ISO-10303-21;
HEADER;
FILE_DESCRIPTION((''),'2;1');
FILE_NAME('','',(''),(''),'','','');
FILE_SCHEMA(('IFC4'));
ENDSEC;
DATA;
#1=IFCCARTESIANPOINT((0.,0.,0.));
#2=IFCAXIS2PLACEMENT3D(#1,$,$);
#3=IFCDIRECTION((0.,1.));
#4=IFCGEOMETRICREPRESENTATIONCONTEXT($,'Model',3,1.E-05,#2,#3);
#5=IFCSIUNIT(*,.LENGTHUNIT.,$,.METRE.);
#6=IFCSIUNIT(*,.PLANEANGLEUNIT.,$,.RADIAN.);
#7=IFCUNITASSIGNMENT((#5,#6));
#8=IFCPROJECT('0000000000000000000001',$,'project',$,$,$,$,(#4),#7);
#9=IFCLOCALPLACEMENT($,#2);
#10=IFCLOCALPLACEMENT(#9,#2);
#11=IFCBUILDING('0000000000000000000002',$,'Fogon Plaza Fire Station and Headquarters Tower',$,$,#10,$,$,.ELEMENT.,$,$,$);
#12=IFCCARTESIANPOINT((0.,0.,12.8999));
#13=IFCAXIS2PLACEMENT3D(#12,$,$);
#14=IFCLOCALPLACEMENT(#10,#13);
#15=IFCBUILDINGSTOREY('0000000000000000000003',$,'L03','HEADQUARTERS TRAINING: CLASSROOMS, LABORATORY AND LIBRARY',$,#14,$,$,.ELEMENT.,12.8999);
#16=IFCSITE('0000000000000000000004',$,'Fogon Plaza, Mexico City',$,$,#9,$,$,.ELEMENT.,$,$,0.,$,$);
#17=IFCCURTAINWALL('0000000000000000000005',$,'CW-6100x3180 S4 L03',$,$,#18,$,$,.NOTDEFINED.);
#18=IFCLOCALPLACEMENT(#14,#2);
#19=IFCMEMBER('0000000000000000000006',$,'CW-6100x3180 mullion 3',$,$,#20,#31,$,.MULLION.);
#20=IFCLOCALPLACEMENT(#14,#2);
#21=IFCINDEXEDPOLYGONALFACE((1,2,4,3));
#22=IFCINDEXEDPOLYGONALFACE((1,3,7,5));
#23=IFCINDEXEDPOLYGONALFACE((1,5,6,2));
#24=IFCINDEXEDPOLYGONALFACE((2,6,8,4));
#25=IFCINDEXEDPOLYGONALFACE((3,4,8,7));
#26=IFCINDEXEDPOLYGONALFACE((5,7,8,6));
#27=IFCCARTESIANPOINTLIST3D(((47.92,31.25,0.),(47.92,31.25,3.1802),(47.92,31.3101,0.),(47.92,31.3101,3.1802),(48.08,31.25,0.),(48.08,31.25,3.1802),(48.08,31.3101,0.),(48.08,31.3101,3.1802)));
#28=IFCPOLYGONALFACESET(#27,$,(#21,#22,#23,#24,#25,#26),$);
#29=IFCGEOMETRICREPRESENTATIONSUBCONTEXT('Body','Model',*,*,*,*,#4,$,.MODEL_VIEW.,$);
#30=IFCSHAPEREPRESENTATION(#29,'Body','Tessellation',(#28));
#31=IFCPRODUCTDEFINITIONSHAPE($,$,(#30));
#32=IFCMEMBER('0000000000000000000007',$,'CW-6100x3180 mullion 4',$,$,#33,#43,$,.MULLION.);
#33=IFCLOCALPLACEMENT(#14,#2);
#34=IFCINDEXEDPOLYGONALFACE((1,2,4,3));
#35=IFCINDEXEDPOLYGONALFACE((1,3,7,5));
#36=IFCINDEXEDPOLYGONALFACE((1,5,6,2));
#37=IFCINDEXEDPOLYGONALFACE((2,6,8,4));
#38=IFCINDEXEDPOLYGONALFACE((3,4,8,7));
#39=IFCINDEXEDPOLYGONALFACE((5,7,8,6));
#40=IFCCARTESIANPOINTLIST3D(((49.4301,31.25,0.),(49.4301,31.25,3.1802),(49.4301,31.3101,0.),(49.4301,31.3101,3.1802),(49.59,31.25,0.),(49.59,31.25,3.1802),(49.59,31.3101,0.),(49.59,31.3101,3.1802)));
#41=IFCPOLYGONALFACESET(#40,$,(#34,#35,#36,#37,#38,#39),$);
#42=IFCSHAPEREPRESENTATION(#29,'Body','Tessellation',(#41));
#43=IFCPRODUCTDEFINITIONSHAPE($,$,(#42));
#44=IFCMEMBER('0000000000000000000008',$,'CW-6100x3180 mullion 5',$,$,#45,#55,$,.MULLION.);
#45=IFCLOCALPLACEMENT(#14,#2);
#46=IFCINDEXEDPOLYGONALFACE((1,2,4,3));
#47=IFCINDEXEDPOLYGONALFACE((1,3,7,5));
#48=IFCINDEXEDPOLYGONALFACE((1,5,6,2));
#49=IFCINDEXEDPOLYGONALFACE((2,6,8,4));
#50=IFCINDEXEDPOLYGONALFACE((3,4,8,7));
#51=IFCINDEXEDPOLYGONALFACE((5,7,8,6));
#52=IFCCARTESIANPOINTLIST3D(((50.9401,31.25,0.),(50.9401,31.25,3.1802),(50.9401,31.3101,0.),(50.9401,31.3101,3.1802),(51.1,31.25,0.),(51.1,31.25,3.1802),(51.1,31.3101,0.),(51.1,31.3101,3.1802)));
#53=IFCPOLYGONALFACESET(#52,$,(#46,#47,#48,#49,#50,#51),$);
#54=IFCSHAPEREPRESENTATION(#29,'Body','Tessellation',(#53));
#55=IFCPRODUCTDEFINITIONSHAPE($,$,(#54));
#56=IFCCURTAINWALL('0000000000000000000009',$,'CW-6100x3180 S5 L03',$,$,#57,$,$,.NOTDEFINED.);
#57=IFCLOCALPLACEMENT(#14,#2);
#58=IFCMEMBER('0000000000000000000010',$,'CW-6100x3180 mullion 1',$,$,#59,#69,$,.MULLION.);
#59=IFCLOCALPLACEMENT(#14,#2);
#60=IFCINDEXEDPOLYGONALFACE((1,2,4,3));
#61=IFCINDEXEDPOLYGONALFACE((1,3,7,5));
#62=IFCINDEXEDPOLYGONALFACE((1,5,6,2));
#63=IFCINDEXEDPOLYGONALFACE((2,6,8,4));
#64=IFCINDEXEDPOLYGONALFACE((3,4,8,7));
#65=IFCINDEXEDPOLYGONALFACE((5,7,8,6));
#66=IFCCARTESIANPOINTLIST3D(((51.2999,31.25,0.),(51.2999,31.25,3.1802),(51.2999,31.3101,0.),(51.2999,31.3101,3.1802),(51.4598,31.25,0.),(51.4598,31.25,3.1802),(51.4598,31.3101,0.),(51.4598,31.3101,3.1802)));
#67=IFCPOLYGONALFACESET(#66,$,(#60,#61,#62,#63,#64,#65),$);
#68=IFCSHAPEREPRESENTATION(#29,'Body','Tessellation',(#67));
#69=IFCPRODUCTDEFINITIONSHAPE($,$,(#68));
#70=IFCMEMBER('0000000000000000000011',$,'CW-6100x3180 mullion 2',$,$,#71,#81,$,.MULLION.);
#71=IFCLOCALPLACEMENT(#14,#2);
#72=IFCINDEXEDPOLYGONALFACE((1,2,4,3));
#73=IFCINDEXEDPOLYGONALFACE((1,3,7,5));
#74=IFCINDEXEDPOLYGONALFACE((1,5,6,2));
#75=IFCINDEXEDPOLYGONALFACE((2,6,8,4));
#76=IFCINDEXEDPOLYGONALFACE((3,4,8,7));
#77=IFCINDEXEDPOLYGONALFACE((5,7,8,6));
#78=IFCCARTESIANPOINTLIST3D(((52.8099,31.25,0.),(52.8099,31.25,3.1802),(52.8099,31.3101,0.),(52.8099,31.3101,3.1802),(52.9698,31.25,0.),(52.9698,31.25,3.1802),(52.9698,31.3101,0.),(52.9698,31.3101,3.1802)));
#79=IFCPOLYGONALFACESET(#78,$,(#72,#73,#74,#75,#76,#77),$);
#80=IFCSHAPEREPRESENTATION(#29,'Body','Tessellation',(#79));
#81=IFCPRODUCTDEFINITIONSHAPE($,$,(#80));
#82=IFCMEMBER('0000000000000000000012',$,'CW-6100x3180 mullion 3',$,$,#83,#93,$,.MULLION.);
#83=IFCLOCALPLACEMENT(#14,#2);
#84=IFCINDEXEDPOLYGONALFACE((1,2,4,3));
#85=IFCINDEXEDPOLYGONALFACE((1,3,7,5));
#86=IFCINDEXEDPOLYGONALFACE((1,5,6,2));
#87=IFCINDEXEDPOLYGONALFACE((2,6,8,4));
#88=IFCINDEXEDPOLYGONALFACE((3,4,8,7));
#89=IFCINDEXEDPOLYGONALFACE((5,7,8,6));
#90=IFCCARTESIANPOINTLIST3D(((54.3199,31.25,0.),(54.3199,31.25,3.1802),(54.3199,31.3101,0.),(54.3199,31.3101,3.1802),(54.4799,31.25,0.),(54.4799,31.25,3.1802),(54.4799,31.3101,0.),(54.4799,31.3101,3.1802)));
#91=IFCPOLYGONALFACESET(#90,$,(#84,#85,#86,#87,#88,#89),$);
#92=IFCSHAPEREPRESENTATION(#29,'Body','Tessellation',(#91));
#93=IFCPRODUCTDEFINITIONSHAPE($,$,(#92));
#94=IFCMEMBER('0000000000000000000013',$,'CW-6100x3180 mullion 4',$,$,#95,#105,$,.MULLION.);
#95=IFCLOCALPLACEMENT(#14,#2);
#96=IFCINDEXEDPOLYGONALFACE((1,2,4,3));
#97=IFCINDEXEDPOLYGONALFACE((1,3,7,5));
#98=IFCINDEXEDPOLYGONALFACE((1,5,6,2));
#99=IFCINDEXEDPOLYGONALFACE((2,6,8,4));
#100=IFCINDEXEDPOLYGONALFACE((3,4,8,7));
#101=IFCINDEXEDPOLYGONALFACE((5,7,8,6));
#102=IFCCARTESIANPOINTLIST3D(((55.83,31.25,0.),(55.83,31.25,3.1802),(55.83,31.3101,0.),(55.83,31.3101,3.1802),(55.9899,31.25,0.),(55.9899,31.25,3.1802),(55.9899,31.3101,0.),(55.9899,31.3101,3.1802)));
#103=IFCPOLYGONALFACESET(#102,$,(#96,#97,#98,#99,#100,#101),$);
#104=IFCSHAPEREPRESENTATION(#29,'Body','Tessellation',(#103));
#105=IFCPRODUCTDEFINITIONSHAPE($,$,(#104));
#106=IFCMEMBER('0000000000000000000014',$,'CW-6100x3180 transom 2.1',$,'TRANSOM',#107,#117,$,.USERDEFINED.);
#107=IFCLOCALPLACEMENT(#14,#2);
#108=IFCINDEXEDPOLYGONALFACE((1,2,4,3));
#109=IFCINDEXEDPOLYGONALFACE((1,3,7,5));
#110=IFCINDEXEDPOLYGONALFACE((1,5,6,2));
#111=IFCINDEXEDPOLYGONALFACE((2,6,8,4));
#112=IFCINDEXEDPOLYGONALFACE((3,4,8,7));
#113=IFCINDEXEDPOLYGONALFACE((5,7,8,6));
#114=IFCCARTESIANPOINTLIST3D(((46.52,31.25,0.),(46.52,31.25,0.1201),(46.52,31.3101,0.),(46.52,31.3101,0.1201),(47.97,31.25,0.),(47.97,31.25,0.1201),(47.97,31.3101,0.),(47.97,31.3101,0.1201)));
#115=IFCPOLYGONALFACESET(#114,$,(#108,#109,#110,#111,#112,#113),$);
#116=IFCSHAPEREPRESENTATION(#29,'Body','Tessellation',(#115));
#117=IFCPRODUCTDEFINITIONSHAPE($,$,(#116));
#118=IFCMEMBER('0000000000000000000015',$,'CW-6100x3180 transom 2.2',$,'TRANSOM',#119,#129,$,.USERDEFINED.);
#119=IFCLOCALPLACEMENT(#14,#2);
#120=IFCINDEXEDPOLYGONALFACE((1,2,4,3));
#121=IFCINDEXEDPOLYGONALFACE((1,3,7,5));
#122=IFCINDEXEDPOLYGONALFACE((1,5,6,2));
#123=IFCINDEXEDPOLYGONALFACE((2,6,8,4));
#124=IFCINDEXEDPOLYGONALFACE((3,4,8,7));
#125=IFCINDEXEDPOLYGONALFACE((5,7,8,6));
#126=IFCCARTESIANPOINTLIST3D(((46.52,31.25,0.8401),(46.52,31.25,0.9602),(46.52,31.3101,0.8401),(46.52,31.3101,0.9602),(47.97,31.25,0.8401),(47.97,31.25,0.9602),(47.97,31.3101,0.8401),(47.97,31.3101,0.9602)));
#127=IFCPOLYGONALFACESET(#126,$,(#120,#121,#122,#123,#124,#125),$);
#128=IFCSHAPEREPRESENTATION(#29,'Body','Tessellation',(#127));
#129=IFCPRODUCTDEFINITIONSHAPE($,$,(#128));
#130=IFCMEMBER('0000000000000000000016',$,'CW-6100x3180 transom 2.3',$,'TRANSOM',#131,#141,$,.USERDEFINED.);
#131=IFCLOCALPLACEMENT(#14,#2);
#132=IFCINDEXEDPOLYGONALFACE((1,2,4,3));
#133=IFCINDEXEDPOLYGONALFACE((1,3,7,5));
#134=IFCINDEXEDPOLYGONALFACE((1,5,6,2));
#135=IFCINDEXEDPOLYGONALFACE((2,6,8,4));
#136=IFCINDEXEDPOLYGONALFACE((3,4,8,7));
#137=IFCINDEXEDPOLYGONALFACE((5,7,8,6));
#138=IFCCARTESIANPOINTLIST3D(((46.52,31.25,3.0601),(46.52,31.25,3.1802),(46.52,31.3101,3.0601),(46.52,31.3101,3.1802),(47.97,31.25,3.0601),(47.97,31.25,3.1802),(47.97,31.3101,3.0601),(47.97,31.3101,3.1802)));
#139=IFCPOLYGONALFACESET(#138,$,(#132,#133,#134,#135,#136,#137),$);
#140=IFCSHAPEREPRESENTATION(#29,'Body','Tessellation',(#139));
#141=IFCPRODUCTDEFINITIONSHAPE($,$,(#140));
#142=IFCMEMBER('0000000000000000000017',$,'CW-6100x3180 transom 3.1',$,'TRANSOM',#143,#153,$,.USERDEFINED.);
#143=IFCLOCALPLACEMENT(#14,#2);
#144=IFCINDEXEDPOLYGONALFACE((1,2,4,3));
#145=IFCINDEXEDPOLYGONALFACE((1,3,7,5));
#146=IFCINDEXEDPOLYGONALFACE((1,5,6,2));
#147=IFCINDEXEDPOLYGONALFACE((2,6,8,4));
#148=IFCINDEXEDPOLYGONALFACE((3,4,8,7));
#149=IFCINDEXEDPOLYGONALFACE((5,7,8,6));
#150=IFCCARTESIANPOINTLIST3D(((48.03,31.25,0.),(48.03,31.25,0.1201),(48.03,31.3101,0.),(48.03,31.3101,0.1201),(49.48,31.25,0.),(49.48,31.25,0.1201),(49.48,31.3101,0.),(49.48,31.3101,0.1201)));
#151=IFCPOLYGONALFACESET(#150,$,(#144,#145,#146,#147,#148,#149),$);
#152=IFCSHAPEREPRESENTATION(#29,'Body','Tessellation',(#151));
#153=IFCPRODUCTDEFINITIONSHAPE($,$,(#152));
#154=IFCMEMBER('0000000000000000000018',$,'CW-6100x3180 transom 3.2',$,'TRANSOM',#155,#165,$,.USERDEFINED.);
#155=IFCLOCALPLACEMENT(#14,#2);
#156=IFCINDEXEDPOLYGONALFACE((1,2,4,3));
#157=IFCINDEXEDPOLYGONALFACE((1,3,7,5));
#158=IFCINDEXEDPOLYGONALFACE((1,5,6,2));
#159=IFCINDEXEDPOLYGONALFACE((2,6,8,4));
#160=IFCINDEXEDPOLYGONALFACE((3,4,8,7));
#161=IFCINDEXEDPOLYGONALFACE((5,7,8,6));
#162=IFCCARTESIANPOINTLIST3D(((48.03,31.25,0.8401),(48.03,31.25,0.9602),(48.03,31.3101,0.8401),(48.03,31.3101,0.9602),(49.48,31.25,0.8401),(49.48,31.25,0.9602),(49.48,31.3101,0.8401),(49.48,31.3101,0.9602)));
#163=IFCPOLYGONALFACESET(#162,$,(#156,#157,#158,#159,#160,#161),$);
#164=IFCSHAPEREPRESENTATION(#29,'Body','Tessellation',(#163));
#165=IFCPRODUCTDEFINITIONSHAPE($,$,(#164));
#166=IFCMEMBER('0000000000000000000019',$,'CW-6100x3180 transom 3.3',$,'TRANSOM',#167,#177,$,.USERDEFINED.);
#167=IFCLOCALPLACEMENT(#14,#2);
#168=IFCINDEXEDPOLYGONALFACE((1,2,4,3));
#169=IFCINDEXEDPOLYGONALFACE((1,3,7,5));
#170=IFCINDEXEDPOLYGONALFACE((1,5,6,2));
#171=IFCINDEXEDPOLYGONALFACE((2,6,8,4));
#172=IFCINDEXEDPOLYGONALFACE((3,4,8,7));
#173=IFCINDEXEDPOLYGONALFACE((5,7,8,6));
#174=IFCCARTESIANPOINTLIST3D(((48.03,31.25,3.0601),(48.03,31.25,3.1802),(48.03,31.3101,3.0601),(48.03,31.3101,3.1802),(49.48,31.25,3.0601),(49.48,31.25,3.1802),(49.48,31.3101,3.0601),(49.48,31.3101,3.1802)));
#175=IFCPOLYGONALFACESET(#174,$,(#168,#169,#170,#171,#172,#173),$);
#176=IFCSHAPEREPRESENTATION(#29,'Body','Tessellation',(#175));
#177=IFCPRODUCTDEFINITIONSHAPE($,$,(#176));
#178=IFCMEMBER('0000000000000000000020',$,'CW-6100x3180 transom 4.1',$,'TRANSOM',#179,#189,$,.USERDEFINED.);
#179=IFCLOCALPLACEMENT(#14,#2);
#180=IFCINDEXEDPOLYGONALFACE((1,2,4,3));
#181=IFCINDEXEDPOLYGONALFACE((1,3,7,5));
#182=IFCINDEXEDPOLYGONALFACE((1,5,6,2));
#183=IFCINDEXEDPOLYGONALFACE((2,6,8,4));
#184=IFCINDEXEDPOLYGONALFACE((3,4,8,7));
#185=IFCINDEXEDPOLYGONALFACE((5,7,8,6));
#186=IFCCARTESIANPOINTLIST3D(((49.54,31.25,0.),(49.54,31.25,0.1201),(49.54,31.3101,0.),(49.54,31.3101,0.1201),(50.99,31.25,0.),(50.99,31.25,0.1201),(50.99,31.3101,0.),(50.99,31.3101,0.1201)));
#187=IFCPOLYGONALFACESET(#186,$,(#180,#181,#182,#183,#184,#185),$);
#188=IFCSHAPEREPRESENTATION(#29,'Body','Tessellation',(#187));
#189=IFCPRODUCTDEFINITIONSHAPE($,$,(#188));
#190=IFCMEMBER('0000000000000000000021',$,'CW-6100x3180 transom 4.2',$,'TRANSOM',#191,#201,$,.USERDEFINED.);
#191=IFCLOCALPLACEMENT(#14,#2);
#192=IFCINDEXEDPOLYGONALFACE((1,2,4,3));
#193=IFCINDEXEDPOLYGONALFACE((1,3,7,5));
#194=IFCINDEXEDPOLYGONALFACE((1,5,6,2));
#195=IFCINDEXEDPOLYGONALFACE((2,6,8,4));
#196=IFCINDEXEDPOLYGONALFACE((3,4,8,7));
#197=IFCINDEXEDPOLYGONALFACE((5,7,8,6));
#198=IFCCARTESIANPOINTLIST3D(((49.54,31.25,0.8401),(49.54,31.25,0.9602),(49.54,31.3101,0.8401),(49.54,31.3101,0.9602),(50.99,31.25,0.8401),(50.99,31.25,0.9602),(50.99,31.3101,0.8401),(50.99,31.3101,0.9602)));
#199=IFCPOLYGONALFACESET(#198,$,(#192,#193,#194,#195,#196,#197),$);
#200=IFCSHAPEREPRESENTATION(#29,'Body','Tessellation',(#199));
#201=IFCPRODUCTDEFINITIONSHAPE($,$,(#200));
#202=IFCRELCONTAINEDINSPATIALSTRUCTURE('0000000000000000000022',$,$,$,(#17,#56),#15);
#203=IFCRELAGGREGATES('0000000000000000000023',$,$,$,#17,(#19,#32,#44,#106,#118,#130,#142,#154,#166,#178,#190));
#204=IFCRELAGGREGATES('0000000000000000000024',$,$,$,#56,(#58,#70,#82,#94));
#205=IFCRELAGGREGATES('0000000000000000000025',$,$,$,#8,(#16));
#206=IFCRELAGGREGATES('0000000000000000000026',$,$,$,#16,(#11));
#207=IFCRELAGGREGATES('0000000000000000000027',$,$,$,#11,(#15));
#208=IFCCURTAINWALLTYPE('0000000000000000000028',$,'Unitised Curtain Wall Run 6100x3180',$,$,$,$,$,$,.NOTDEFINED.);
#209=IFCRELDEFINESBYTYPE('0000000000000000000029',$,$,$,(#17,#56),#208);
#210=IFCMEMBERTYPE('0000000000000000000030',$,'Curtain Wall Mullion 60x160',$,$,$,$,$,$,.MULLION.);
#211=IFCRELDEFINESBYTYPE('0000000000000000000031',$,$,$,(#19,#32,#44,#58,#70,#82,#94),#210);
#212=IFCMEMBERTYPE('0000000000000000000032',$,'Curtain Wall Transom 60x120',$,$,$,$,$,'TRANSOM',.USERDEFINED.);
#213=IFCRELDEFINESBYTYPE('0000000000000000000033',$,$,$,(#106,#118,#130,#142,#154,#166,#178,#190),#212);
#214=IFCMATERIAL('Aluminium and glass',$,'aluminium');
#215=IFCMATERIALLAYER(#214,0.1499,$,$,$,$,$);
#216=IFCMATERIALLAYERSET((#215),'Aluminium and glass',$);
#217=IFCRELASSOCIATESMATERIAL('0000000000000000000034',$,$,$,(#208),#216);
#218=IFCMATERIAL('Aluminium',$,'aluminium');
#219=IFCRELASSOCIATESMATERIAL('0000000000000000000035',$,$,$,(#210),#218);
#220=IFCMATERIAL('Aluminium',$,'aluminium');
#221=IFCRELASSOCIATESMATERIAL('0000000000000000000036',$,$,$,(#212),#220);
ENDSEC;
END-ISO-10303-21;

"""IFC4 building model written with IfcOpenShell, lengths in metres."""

from ifc_helpers import new_model, si_unit, direction, frame, origin, origin_2d, place, context, subcontext, project, spatial, rectangle, extrude, material, layer, layer_set, material_profile, profile_set, type_object, element, aggregate, save


model = new_model("IFC4")

# Units and contexts
model_context = context("Model", 3, precision=1e-05, world=origin(), true_north=direction((0.0, 1.0)))
body_context = subcontext(model_context, "Body", "Model", "MODEL_VIEW")
ifc_project = project(units=[si_unit("LENGTHUNIT", "METRE"), si_unit("PLANEANGLEUNIT", "RADIAN")], contexts=[model_context])

# Site, building, storey
site_placement = place(None, origin())
site = spatial("IfcSite", under=ifc_project, at=site_placement, Name="Fogon Plaza, Mexico City", CompositionType="ELEMENT", RefElevation=0.0)
building_placement = place(site_placement, origin())
building = spatial("IfcBuilding", under=site, at=building_placement, Name="Fogon Plaza Fire Station and Headquarters Tower", CompositionType="ELEMENT")
storey_placement = place(building_placement, frame((0.0, 0.0, 12.8999)))
storey = spatial("IfcBuildingStorey", under=building, at=storey_placement, Name="L03", Description="HEADQUARTERS TRAINING: CLASSROOMS, LABORATORY AND LIBRARY", CompositionType="ELEMENT", Elevation=12.8999)

# Curtain walls, members
ifc_material_1 = material(Name="Aluminium and glass", Category="aluminium")
ifc_layer_1 = layer(ifc_material_1, 0.1499)
ifc_layer_set_1 = layer_set([ifc_layer_1], Name="Aluminium and glass")
curtain_wall_type = type_object("IfcCurtainWallType", Name="Unitised Curtain Wall Run 6100x3180", PredefinedType="NOTDEFINED", material=ifc_layer_set_1)
curtain_wall_1_placement = place(storey_placement, origin())
curtain_wall_1 = element("IfcCurtainWall", 1, at=curtain_wall_1_placement, inside=storey, type_object=curtain_wall_type, Name="CW-6100x3180 S4 L03", PredefinedType="NOTDEFINED")
ifc_material_2 = material(Name="Aluminium", Category="aluminium")
ifc_material_profile_1 = material_profile(ifc_material_2, rectangle(XDim=0.0601, YDim=0.1599, at=origin_2d()), Name="Curtain Wall Mullion 60x160")
ifc_profile_set_1 = profile_set([ifc_material_profile_1], Name="Aluminium")
member_type_1 = type_object("IfcMemberType", Name="Curtain Wall Mullion 60x160", PredefinedType="MULLION", material=ifc_profile_set_1)
member_1_placement = place(storey_placement, frame((48.0, 31.28, 0.0), z_axis=(0.0, 0.0, 1.0), x_axis=(0.0, 1.0, 0.0)))
member_1 = element("IfcMember", 2, at=member_1_placement, type_object=member_type_1, Name="CW-6100x3180 mullion 3", PredefinedType="MULLION", context=body_context, shape_type="SweptSolid", body=[
    extrude(rectangle(XDim=0.0601, YDim=0.1599, at=origin_2d()), origin(), (0.0, 0.0, 1.0), 3.1802),
])
member_2_placement = place(storey_placement, frame((49.51, 31.28, 0.0), z_axis=(0.0, 0.0, 1.0), x_axis=(0.0, 1.0, 0.0)))
member_2 = element("IfcMember", 3, at=member_2_placement, type_object=member_type_1, Name="CW-6100x3180 mullion 4", PredefinedType="MULLION", context=body_context, shape_type="SweptSolid", body=[
    extrude(rectangle(XDim=0.0601, YDim=0.1599, at=origin_2d()), origin(), (0.0, 0.0, 1.0), 3.1802),
])
member_3_placement = place(storey_placement, frame((51.02, 31.28, 0.0), z_axis=(0.0, 0.0, 1.0), x_axis=(0.0, 1.0, 0.0)))
member_3 = element("IfcMember", 4, at=member_3_placement, type_object=member_type_1, Name="CW-6100x3180 mullion 5", PredefinedType="MULLION", context=body_context, shape_type="SweptSolid", body=[
    extrude(rectangle(XDim=0.0601, YDim=0.1599, at=origin_2d()), origin(), (0.0, 0.0, 1.0), 3.1802),
])
curtain_wall_2_placement = place(storey_placement, origin())
curtain_wall_2 = element("IfcCurtainWall", 5, at=curtain_wall_2_placement, inside=storey, type_object=curtain_wall_type, Name="CW-6100x3180 S5 L03", PredefinedType="NOTDEFINED")
member_4_placement = place(storey_placement, frame((51.3799, 31.28, 0.0), z_axis=(0.0, 0.0, 1.0), x_axis=(0.0, 1.0, 0.0)))
member_4 = element("IfcMember", 6, at=member_4_placement, type_object=member_type_1, Name="CW-6100x3180 mullion 1", PredefinedType="MULLION", context=body_context, shape_type="SweptSolid", body=[
    extrude(rectangle(XDim=0.0601, YDim=0.1599, at=origin_2d()), origin(), (0.0, 0.0, 1.0), 3.1802),
])
member_5_placement = place(storey_placement, frame((52.8899, 31.28, 0.0), z_axis=(0.0, 0.0, 1.0), x_axis=(0.0, 1.0, 0.0)))
member_5 = element("IfcMember", 7, at=member_5_placement, type_object=member_type_1, Name="CW-6100x3180 mullion 2", PredefinedType="MULLION", context=body_context, shape_type="SweptSolid", body=[
    extrude(rectangle(XDim=0.0601, YDim=0.1599, at=origin_2d()), origin(), (0.0, 0.0, 1.0), 3.1802),
])
member_6_placement = place(storey_placement, frame((54.3999, 31.28, 0.0), z_axis=(0.0, 0.0, 1.0), x_axis=(0.0, 1.0, 0.0)))
member_6 = element("IfcMember", 8, at=member_6_placement, type_object=member_type_1, Name="CW-6100x3180 mullion 3", PredefinedType="MULLION", context=body_context, shape_type="SweptSolid", body=[
    extrude(rectangle(XDim=0.0601, YDim=0.1599, at=origin_2d()), origin(), (0.0, 0.0, 1.0), 3.1802),
])
member_7_placement = place(storey_placement, frame((55.9099, 31.28, 0.0), z_axis=(0.0, 0.0, 1.0), x_axis=(0.0, 1.0, 0.0)))
member_7 = element("IfcMember", 9, at=member_7_placement, type_object=member_type_1, Name="CW-6100x3180 mullion 4", PredefinedType="MULLION", context=body_context, shape_type="SweptSolid", body=[
    extrude(rectangle(XDim=0.0601, YDim=0.1599, at=origin_2d()), origin(), (0.0, 0.0, 1.0), 3.1802),
])

# Members
ifc_material_3 = material(Name="Aluminium", Category="aluminium")
ifc_material_profile_2 = material_profile(ifc_material_3, rectangle(XDim=0.0601, YDim=0.1201, at=origin_2d()), Name="Curtain Wall Transom 60x120")
ifc_profile_set_2 = profile_set([ifc_material_profile_2], Name="Aluminium")
member_type_2 = type_object("IfcMemberType", Name="Curtain Wall Transom 60x120", ElementType="TRANSOM", PredefinedType="USERDEFINED", material=ifc_profile_set_2)
member_8_placement = place(storey_placement, frame((46.52, 31.28, 0.0601), z_axis=(1.0, 0.0, 0.0), x_axis=(0.0, 1.0, 0.0)))
member_8 = element("IfcMember", 10, at=member_8_placement, type_object=member_type_2, Name="CW-6100x3180 transom 2.1", ObjectType="TRANSOM", PredefinedType="USERDEFINED", context=body_context, shape_type="SweptSolid", body=[
    extrude(rectangle(XDim=0.0601, YDim=0.1201, at=origin_2d()), origin(), (0.0, 0.0, 1.0), 1.45),
])
member_9_placement = place(storey_placement, frame((46.52, 31.28, 0.9001), z_axis=(1.0, 0.0, 0.0), x_axis=(0.0, 1.0, 0.0)))
member_9 = element("IfcMember", 11, at=member_9_placement, type_object=member_type_2, Name="CW-6100x3180 transom 2.2", ObjectType="TRANSOM", PredefinedType="USERDEFINED", context=body_context, shape_type="SweptSolid", body=[
    extrude(rectangle(XDim=0.0601, YDim=0.1201, at=origin_2d()), origin(), (0.0, 0.0, 1.0), 1.45),
])
member_10_placement = place(storey_placement, frame((46.52, 31.28, 3.1201), z_axis=(1.0, 0.0, 0.0), x_axis=(0.0, 1.0, 0.0)))
member_10 = element("IfcMember", 12, at=member_10_placement, type_object=member_type_2, Name="CW-6100x3180 transom 2.3", ObjectType="TRANSOM", PredefinedType="USERDEFINED", context=body_context, shape_type="SweptSolid", body=[
    extrude(rectangle(XDim=0.0601, YDim=0.1201, at=origin_2d()), origin(), (0.0, 0.0, 1.0), 1.45),
])
member_11_placement = place(storey_placement, frame((48.03, 31.28, 0.0601), z_axis=(1.0, 0.0, 0.0), x_axis=(0.0, 1.0, 0.0)))
member_11 = element("IfcMember", 13, at=member_11_placement, type_object=member_type_2, Name="CW-6100x3180 transom 3.1", ObjectType="TRANSOM", PredefinedType="USERDEFINED", context=body_context, shape_type="SweptSolid", body=[
    extrude(rectangle(XDim=0.0601, YDim=0.1201, at=origin_2d()), origin(), (0.0, 0.0, 1.0), 1.45),
])
member_12_placement = place(storey_placement, frame((48.03, 31.28, 0.9001), z_axis=(1.0, 0.0, 0.0), x_axis=(0.0, 1.0, 0.0)))
member_12 = element("IfcMember", 14, at=member_12_placement, type_object=member_type_2, Name="CW-6100x3180 transom 3.2", ObjectType="TRANSOM", PredefinedType="USERDEFINED", context=body_context, shape_type="SweptSolid", body=[
    extrude(rectangle(XDim=0.0601, YDim=0.1201, at=origin_2d()), origin(), (0.0, 0.0, 1.0), 1.45),
])
member_13_placement = place(storey_placement, frame((48.03, 31.28, 3.1201), z_axis=(1.0, 0.0, 0.0), x_axis=(0.0, 1.0, 0.0)))
member_13 = element("IfcMember", 15, at=member_13_placement, type_object=member_type_2, Name="CW-6100x3180 transom 3.3", ObjectType="TRANSOM", PredefinedType="USERDEFINED", context=body_context, shape_type="SweptSolid", body=[
    extrude(rectangle(XDim=0.0601, YDim=0.1201, at=origin_2d()), origin(), (0.0, 0.0, 1.0), 1.45),
])
member_14_placement = place(storey_placement, frame((49.54, 31.28, 0.0601), z_axis=(1.0, 0.0, 0.0), x_axis=(0.0, 1.0, 0.0)))
member_14 = element("IfcMember", 16, at=member_14_placement, type_object=member_type_2, Name="CW-6100x3180 transom 4.1", ObjectType="TRANSOM", PredefinedType="USERDEFINED", context=body_context, shape_type="SweptSolid", body=[
    extrude(rectangle(XDim=0.0601, YDim=0.1201, at=origin_2d()), origin(), (0.0, 0.0, 1.0), 1.45),
])
member_15_placement = place(storey_placement, frame((49.54, 31.28, 0.9001), z_axis=(1.0, 0.0, 0.0), x_axis=(0.0, 1.0, 0.0)))
member_15 = element("IfcMember", 17, at=member_15_placement, type_object=member_type_2, Name="CW-6100x3180 transom 4.2", ObjectType="TRANSOM", PredefinedType="USERDEFINED", context=body_context, shape_type="SweptSolid", body=[
    extrude(rectangle(XDim=0.0601, YDim=0.1201, at=origin_2d()), origin(), (0.0, 0.0, 1.0), 1.45),
])

aggregate(curtain_wall_1, [member_1, member_2, member_3, member_8, member_9, member_10, member_11, member_12, member_13, member_14, member_15])
aggregate(curtain_wall_2, [member_4, member_5, member_6, member_7])

save(model, "model.ifc")
